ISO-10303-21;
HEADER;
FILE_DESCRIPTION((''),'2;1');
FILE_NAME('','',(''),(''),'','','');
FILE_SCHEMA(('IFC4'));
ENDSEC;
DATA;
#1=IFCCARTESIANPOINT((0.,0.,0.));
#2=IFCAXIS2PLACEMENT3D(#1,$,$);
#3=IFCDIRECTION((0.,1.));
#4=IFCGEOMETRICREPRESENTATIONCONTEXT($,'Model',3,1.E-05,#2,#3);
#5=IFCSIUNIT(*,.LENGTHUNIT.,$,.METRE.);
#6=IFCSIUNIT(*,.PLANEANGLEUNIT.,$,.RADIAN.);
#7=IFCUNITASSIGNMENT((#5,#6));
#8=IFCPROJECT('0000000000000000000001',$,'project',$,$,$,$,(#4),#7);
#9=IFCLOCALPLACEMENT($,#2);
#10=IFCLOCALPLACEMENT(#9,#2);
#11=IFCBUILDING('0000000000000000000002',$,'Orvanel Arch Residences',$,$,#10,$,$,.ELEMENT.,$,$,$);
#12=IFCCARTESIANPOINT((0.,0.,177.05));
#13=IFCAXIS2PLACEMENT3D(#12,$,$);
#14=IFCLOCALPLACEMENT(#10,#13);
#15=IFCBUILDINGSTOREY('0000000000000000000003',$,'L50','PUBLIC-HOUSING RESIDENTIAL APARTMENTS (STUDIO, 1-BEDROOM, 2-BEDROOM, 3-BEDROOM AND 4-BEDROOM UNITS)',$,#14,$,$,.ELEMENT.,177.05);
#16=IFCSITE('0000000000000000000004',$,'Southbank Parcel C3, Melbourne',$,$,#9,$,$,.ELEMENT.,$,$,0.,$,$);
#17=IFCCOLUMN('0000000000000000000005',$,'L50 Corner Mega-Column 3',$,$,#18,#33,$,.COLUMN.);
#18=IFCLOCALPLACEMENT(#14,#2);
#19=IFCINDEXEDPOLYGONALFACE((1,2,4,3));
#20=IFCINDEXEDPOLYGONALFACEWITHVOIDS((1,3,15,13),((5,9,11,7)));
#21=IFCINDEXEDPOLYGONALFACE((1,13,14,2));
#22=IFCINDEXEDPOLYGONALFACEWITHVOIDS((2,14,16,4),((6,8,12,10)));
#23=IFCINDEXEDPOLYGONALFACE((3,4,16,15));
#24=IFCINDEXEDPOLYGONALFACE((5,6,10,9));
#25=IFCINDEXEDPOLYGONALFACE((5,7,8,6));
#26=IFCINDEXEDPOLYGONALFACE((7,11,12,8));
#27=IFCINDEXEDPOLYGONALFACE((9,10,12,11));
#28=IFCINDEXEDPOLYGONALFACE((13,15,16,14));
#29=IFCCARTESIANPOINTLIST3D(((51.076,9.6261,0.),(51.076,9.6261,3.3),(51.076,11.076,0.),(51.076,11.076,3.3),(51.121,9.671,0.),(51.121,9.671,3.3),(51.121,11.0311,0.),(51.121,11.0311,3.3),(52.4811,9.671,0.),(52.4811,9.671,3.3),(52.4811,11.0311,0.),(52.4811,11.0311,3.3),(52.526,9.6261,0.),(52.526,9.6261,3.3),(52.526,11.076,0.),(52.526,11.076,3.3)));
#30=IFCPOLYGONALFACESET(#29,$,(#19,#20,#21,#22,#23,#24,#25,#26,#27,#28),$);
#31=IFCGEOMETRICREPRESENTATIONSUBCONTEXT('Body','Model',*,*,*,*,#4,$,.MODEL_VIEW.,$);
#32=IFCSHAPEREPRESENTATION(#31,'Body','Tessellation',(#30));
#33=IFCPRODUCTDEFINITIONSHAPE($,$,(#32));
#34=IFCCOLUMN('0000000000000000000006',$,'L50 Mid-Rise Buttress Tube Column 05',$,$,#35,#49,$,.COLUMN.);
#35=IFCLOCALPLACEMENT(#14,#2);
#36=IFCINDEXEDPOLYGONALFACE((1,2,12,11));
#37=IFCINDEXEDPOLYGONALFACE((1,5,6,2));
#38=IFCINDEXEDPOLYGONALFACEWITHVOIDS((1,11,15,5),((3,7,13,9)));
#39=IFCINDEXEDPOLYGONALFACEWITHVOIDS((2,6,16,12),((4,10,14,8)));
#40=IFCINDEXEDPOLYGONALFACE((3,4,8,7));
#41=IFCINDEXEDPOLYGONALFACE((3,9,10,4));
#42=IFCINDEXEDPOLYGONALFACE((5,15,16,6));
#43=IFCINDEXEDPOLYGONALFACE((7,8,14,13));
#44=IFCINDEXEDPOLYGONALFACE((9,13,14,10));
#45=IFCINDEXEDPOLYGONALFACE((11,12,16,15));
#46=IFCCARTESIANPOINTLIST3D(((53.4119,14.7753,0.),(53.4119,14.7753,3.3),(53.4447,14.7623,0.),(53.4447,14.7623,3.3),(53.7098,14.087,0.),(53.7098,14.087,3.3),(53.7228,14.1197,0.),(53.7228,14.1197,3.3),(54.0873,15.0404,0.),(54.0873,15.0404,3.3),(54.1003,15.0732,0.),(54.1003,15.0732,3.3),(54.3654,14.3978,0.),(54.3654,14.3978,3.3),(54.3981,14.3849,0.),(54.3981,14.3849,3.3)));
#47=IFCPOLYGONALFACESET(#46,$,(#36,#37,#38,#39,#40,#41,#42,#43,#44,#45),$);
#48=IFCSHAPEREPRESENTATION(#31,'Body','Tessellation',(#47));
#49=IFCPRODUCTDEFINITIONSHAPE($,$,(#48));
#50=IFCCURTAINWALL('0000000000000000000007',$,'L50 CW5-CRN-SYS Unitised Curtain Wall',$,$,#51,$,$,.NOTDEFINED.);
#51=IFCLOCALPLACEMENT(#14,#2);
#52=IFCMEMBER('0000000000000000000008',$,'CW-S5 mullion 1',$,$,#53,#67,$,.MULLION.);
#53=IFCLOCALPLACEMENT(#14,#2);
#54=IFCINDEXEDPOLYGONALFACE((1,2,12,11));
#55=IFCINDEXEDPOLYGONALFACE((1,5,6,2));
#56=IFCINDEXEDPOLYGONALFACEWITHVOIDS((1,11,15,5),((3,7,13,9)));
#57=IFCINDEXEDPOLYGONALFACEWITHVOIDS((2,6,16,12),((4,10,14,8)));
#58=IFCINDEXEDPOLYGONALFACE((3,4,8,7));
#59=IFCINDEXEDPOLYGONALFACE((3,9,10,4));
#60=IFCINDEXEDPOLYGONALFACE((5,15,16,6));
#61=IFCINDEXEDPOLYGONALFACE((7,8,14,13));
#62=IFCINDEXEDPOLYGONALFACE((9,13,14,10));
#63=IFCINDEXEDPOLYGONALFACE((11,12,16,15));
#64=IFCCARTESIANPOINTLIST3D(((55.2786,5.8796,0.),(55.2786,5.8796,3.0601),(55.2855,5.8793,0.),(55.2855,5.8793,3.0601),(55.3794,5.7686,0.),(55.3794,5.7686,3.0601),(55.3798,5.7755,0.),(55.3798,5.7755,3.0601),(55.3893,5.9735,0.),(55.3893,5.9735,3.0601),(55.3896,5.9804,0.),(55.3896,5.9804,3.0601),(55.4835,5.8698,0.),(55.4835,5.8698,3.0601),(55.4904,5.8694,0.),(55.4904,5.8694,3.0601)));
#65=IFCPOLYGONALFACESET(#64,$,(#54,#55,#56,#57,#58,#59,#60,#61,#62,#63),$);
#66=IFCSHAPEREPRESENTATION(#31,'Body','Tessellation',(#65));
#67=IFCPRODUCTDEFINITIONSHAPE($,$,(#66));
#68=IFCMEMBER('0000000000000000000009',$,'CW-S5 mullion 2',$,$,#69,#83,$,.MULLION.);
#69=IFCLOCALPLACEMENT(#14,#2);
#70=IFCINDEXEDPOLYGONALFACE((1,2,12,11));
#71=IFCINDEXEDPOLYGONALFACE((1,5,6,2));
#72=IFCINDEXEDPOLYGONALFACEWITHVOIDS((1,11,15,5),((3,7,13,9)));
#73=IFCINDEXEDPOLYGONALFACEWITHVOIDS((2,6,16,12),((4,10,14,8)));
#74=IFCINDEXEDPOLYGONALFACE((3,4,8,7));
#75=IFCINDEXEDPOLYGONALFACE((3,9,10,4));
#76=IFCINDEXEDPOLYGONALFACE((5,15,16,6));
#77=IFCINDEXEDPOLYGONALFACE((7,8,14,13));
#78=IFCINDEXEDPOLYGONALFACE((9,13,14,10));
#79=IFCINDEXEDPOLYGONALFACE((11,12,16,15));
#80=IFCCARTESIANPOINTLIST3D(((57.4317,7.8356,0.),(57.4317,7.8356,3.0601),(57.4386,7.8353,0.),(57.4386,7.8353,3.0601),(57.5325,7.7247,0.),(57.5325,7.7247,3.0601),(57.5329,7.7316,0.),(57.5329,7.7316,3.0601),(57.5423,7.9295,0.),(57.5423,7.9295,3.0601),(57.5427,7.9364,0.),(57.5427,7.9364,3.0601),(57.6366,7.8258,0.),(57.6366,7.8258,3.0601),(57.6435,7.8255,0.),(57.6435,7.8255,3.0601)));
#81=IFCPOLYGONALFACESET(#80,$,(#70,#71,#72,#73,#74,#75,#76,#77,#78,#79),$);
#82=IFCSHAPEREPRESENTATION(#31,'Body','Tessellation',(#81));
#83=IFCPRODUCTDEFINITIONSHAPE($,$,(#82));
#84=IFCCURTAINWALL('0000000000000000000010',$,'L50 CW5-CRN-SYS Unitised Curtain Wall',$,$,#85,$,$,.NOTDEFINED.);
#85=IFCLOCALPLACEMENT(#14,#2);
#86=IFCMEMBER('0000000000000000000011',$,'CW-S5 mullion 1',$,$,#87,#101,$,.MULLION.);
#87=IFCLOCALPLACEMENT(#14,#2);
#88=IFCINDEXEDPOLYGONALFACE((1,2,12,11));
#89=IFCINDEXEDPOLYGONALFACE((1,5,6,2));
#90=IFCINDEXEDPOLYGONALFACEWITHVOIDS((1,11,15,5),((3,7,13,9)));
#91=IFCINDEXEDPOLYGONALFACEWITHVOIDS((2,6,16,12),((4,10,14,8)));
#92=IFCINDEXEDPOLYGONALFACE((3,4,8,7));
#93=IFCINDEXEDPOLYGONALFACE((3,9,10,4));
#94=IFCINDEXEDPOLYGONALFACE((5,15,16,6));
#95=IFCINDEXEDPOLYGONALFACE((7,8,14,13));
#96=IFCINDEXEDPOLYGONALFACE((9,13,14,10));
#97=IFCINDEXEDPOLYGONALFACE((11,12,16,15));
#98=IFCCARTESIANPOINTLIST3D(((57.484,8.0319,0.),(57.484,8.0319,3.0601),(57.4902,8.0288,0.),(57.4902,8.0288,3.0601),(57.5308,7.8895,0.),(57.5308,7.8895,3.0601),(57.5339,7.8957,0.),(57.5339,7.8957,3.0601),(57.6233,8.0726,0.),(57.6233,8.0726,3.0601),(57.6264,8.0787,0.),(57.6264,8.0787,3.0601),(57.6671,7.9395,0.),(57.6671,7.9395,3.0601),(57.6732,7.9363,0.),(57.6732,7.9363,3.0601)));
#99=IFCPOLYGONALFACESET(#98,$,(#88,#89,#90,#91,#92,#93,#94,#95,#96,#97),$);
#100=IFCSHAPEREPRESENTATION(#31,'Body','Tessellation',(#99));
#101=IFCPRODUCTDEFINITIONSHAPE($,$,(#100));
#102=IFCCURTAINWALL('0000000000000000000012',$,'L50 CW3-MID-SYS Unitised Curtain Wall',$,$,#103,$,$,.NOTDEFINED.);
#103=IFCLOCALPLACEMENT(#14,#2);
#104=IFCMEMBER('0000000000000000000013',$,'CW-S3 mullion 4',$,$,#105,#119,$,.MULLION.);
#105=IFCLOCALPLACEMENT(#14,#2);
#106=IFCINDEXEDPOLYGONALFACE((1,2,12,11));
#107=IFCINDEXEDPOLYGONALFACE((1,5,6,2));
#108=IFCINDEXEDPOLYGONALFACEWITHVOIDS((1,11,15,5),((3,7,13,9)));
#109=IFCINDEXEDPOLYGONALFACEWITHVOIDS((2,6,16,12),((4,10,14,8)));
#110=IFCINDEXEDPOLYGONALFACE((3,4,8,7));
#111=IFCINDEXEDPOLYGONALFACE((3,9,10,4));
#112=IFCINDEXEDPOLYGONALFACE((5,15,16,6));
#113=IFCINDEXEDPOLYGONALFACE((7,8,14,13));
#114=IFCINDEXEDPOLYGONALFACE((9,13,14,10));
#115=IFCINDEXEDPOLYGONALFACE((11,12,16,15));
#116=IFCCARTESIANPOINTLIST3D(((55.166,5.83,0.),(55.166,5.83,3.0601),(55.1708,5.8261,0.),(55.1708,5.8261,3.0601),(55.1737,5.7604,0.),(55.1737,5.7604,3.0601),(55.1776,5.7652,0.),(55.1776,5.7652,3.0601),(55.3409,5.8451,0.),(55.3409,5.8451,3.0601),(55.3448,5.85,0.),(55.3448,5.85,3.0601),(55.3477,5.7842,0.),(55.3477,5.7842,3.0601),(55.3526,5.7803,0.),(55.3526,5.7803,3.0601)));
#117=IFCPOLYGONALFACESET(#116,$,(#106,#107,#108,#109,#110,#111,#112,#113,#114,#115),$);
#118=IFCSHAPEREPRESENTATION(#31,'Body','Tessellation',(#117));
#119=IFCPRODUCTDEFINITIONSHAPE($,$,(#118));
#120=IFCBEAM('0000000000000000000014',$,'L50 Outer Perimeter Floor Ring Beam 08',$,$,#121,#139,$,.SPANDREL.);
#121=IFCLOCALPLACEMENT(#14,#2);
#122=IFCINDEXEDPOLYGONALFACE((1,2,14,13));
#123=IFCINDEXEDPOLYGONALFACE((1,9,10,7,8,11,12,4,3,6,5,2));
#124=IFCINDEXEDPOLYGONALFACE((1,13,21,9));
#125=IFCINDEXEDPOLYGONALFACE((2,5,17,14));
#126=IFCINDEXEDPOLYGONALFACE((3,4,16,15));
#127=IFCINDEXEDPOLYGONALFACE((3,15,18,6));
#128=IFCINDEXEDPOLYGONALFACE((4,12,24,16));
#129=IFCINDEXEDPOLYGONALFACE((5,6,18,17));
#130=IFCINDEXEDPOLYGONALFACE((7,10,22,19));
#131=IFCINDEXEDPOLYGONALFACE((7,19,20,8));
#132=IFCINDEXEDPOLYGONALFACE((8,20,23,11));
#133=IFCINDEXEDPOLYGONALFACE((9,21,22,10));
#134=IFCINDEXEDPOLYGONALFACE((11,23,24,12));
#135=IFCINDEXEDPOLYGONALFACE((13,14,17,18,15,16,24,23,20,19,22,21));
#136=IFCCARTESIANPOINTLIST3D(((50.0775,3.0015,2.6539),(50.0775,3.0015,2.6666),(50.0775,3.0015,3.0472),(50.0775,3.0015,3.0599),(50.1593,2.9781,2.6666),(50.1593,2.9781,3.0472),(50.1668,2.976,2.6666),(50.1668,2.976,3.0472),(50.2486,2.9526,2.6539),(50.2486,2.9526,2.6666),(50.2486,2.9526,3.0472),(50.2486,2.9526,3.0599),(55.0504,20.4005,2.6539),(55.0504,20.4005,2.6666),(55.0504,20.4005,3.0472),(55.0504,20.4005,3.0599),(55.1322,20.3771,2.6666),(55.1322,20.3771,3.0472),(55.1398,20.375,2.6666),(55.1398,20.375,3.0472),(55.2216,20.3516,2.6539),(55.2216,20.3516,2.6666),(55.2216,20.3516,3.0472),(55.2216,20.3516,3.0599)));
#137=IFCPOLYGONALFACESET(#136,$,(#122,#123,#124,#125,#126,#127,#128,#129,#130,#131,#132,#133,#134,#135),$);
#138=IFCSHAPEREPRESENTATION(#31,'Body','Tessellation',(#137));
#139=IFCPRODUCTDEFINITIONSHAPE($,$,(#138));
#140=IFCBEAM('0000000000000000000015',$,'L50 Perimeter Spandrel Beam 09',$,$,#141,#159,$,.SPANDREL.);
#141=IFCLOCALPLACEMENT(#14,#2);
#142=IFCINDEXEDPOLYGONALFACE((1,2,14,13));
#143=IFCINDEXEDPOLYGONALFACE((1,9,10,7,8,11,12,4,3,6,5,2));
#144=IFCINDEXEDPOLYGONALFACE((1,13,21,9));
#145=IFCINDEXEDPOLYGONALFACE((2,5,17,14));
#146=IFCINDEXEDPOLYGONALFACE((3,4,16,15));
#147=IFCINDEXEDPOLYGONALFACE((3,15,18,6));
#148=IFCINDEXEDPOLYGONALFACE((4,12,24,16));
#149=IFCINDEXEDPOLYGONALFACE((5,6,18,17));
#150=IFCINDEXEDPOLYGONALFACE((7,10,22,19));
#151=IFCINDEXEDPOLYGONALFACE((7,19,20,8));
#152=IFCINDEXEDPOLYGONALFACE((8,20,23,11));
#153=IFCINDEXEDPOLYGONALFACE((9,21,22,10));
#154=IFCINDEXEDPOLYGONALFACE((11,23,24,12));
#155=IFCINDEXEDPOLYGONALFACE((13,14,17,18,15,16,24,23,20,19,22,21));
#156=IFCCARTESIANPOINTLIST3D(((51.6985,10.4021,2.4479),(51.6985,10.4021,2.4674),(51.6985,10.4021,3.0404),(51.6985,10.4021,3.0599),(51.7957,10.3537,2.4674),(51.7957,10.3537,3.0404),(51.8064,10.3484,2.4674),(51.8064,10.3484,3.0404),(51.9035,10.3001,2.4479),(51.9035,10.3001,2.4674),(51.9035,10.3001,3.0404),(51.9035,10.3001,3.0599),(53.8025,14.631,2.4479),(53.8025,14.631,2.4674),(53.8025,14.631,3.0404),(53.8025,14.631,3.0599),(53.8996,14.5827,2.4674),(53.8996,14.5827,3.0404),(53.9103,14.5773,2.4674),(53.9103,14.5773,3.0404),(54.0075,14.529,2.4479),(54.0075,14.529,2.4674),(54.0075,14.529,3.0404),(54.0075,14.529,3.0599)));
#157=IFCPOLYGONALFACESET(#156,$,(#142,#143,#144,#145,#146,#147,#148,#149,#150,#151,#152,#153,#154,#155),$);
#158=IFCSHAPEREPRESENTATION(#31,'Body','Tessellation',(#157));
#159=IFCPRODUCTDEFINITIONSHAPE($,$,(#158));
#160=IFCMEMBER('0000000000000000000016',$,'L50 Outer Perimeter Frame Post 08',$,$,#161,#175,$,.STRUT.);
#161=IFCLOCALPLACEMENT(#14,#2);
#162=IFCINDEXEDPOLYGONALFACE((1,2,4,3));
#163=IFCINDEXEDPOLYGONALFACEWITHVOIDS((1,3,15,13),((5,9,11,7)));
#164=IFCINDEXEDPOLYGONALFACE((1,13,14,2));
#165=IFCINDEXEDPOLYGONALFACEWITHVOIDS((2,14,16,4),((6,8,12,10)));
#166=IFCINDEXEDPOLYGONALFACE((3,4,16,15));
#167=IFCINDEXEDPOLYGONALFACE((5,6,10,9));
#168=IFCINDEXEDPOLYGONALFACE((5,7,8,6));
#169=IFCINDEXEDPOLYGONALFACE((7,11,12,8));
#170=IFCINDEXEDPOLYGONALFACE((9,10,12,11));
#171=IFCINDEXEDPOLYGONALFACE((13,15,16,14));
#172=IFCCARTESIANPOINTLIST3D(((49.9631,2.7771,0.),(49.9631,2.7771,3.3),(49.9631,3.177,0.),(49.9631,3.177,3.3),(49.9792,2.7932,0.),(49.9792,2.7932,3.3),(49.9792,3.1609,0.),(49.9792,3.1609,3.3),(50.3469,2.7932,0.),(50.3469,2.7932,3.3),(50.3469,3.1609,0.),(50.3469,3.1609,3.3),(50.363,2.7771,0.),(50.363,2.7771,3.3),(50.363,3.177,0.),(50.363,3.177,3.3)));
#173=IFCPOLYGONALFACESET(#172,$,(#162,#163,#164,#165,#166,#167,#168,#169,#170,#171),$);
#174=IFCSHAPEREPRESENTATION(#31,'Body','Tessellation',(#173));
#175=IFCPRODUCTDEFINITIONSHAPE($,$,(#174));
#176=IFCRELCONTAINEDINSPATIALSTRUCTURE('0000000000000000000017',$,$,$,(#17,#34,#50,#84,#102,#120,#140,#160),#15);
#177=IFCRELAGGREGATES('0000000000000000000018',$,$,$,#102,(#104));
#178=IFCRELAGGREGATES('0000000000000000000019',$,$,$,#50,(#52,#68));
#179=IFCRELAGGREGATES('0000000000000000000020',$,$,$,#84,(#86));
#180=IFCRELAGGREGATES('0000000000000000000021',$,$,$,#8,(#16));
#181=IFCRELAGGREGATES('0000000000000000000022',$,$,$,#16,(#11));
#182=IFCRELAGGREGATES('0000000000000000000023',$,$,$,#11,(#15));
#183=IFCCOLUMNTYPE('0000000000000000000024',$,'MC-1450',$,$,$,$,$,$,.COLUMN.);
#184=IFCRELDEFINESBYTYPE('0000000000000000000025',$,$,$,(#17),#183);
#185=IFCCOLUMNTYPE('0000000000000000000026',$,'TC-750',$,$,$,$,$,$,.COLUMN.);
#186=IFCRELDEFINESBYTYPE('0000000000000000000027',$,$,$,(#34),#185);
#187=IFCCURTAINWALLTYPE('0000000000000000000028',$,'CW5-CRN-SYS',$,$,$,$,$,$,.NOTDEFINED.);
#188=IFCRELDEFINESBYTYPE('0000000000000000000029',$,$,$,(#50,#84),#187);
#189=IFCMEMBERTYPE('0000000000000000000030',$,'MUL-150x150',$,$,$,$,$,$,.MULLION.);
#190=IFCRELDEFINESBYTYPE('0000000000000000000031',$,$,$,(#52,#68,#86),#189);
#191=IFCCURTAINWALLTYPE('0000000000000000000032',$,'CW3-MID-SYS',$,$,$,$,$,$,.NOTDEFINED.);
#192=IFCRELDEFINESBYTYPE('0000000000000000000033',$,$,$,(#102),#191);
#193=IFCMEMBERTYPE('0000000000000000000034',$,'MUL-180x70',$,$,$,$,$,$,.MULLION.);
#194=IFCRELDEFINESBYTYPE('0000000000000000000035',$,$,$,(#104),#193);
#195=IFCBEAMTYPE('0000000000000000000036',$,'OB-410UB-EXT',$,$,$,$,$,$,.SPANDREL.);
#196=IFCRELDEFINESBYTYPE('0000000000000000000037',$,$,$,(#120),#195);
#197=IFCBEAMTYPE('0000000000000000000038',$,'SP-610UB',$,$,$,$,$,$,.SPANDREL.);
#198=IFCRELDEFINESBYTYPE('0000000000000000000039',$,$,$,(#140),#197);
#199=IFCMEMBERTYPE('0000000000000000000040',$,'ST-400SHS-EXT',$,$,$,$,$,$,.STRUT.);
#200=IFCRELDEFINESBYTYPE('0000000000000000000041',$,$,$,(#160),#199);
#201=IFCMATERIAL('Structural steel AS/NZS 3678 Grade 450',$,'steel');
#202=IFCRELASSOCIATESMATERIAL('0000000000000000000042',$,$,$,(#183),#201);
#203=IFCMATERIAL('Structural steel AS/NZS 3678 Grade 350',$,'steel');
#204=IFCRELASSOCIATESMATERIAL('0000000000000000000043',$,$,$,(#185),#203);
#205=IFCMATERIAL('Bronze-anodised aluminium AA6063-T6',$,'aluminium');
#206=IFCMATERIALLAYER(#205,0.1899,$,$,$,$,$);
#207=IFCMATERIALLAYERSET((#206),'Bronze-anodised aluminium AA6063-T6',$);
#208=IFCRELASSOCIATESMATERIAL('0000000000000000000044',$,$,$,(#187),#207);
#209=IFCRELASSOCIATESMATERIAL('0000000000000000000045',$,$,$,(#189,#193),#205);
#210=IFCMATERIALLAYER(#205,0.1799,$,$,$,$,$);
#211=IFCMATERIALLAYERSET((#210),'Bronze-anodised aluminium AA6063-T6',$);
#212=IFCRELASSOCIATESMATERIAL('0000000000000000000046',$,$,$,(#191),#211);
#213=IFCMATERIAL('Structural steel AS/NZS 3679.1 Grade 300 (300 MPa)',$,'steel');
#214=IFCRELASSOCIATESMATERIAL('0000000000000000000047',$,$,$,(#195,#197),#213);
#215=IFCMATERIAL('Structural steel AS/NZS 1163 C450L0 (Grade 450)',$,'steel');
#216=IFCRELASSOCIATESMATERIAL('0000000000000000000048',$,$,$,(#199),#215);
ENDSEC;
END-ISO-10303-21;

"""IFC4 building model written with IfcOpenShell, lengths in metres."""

from ifc_helpers import new_model, si_unit, direction, frame, origin, origin_2d, place, context, subcontext, project, spatial, hollow_rectangle, i_section, extrude, material, layer, layer_set, material_profile, profile_set, type_object, element, aggregate, save


model = new_model("IFC4")

# Units and contexts
model_context = context("Model", 3, precision=1e-05, world=origin(), true_north=direction((0.0, 1.0)))
body_context = subcontext(model_context, "Body", "Model", "MODEL_VIEW")
ifc_project = project(units=[si_unit("LENGTHUNIT", "METRE"), si_unit("PLANEANGLEUNIT", "RADIAN")], contexts=[model_context])

# Site, building, storey
site_placement = place(None, origin())
site = spatial("IfcSite", under=ifc_project, at=site_placement, Name="Southbank Parcel C3, Melbourne", CompositionType="ELEMENT", RefElevation=0.0)
building_placement = place(site_placement, origin())
building = spatial("IfcBuilding", under=site, at=building_placement, Name="Orvanel Arch Residences", CompositionType="ELEMENT")
storey_placement = place(building_placement, frame((0.0, 0.0, 177.05)))
storey = spatial("IfcBuildingStorey", under=building, at=storey_placement, Name="L50", Description="PUBLIC-HOUSING RESIDENTIAL APARTMENTS (STUDIO, 1-BEDROOM, 2-BEDROOM, 3-BEDROOM AND 4-BEDROOM UNITS)", CompositionType="ELEMENT", Elevation=177.05)

# Columns
ifc_material_1 = material(Name="Structural steel AS/NZS 3678 Grade 450", Category="steel")
ifc_material_profile_1 = material_profile(ifc_material_1, hollow_rectangle(XDim=1.45, YDim=1.45, WallThickness=0.0449, at=origin_2d()), Name="BOX1450x1450x45")
ifc_profile_set_1 = profile_set([ifc_material_profile_1], Name="Structural steel AS/NZS 3678 Grade 450")
column_type_1 = type_object("IfcColumnType", Name="MC-1450", PredefinedType="COLUMN", material=ifc_profile_set_1)
column_1_placement = place(storey_placement, frame((51.801, 10.3511, 0.0), z_axis=(0.0, 0.0, 1.0), x_axis=(1.0, 0.0, 0.0)))
element("IfcColumn", 1, at=column_1_placement, inside=storey, type_object=column_type_1, Name="L50 Corner Mega-Column 3", PredefinedType="COLUMN", context=body_context, shape_type="SweptSolid", body=[
    extrude(hollow_rectangle(XDim=1.45, YDim=1.45, WallThickness=0.0449, at=origin_2d()), origin(), (0.0, 0.0, 1.0), 3.3),
])
ifc_material_2 = material(Name="Structural steel AS/NZS 3678 Grade 350", Category="steel")
ifc_material_profile_2 = material_profile(ifc_material_2, hollow_rectangle(XDim=0.75, YDim=0.75, WallThickness=0.0249, at=origin_2d()), Name="BOX750x750x25")
ifc_profile_set_2 = profile_set([ifc_material_profile_2], Name="Structural steel AS/NZS 3678 Grade 350")
column_type_2 = type_object("IfcColumnType", Name="TC-750", PredefinedType="COLUMN", material=ifc_profile_set_2)
column_2_placement = place(storey_placement, frame((53.905, 14.5801, 0.0), z_axis=(0.0, 0.0, 1.0), x_axis=(-0.397148, 0.917755, 0.0)))
element("IfcColumn", 2, at=column_2_placement, inside=storey, type_object=column_type_2, Name="L50 Mid-Rise Buttress Tube Column 05", PredefinedType="COLUMN", context=body_context, shape_type="SweptSolid", body=[
    extrude(hollow_rectangle(XDim=0.75, YDim=0.75, WallThickness=0.0249, at=origin_2d()), origin(), (0.0, 0.0, 1.0), 3.3),
])

# Curtain wall, members
ifc_material_3 = material(Name="Bronze-anodised aluminium AA6063-T6", Category="aluminium")
ifc_layer_1 = layer(ifc_material_3, 0.1899)
ifc_layer_set_1 = layer_set([ifc_layer_1], Name="Bronze-anodised aluminium AA6063-T6")
curtain_wall_type_1 = type_object("IfcCurtainWallType", Name="CW5-CRN-SYS", PredefinedType="NOTDEFINED", material=ifc_layer_set_1)
curtain_wall_1_placement = place(storey_placement, origin())
curtain_wall_1 = element("IfcCurtainWall", 3, at=curtain_wall_1_placement, inside=storey, type_object=curtain_wall_type_1, Name="L50 CW5-CRN-SYS Unitised Curtain Wall", PredefinedType="NOTDEFINED")
ifc_material_profile_3 = material_profile(ifc_material_3, hollow_rectangle(XDim=0.1499, YDim=0.1499, WallThickness=0.0049, at=origin_2d()), Name="ALU150x150x5")
ifc_profile_set_3 = profile_set([ifc_material_profile_3], Name="Bronze-anodised aluminium AA6063-T6")
member_type_1 = type_object("IfcMemberType", Name="MUL-150x150", PredefinedType="MULLION", material=ifc_profile_set_3)
member_1_placement = place(storey_placement, frame((55.3845, 5.8745, 0.0), z_axis=(0.0, 0.0, 1.0), x_axis=(-0.672461, 0.740132, 0.0)))
member_1 = element("IfcMember", 4, at=member_1_placement, type_object=member_type_1, Name="CW-S5 mullion 1", PredefinedType="MULLION", context=body_context, shape_type="SweptSolid", body=[
    extrude(hollow_rectangle(XDim=0.1499, YDim=0.1499, WallThickness=0.0049, at=origin_2d()), origin(), (0.0, 0.0, 1.0), 3.0601),
])
member_2_placement = place(storey_placement, frame((57.5376, 7.8306, 0.0), z_axis=(0.0, 0.0, 1.0), x_axis=(-0.672461, 0.740132, 0.0)))
member_2 = element("IfcMember", 5, at=member_2_placement, type_object=member_type_1, Name="CW-S5 mullion 2", PredefinedType="MULLION", context=body_context, shape_type="SweptSolid", body=[
    extrude(hollow_rectangle(XDim=0.1499, YDim=0.1499, WallThickness=0.0049, at=origin_2d()), origin(), (0.0, 0.0, 1.0), 3.0601),
])

# Curtain walls, members
curtain_wall_2_placement = place(storey_placement, origin())
curtain_wall_2 = element("IfcCurtainWall", 6, at=curtain_wall_2_placement, inside=storey, type_object=curtain_wall_type_1, Name="L50 CW5-CRN-SYS Unitised Curtain Wall", PredefinedType="NOTDEFINED")
member_3_placement = place(storey_placement, frame((57.5786, 7.9841, 0.0), z_axis=(0.0, 0.0, 1.0), x_axis=(-0.949944, -0.31242, 0.0)))
member_3 = element("IfcMember", 7, at=member_3_placement, type_object=member_type_1, Name="CW-S5 mullion 1", PredefinedType="MULLION", context=body_context, shape_type="SweptSolid", body=[
    extrude(hollow_rectangle(XDim=0.1499, YDim=0.1499, WallThickness=0.0049, at=origin_2d()), origin(), (0.0, 0.0, 1.0), 3.0601),
])
ifc_layer_2 = layer(ifc_material_3, 0.1799)
ifc_layer_set_2 = layer_set([ifc_layer_2], Name="Bronze-anodised aluminium AA6063-T6")
curtain_wall_type_2 = type_object("IfcCurtainWallType", Name="CW3-MID-SYS", PredefinedType="NOTDEFINED", material=ifc_layer_set_2)
curtain_wall_3_placement = place(storey_placement, origin())
curtain_wall_3 = element("IfcCurtainWall", 8, at=curtain_wall_3_placement, inside=storey, type_object=curtain_wall_type_2, Name="L50 CW3-MID-SYS Unitised Curtain Wall", PredefinedType="NOTDEFINED")
ifc_material_profile_4 = material_profile(ifc_material_3, hollow_rectangle(XDim=0.0701, YDim=0.1799, WallThickness=0.0044, at=origin_2d()), Name="ALU180x70x4.5")
ifc_profile_set_4 = profile_set([ifc_material_profile_4], Name="Bronze-anodised aluminium AA6063-T6")
member_type_2 = type_object("IfcMemberType", Name="MUL-180x70", PredefinedType="MULLION", material=ifc_profile_set_4)
member_4_placement = place(storey_placement, frame((55.2593, 5.8052, 0.0), z_axis=(0.0, 0.0, 1.0), x_axis=(-0.110837, 0.993839, 0.0)))
member_4 = element("IfcMember", 9, at=member_4_placement, type_object=member_type_2, Name="CW-S3 mullion 4", PredefinedType="MULLION", context=body_context, shape_type="SweptSolid", body=[
    extrude(hollow_rectangle(XDim=0.0701, YDim=0.1799, WallThickness=0.0044, at=origin_2d()), origin(), (0.0, 0.0, 1.0), 3.0601),
])

# Beams
ifc_material_4 = material(Name="Structural steel AS/NZS 3679.1 Grade 300 (300 MPa)", Category="steel")
ifc_material_profile_5 = material_profile(ifc_material_4, i_section(OverallWidth=0.178, OverallDepth=0.406, WebThickness=0.0078, FlangeThickness=0.0127, at=origin_2d()), Name="410UB59.7")
ifc_profile_set_5 = profile_set([ifc_material_profile_5], Name="Structural steel AS/NZS 3679.1 Grade 300 (300 MPa)")
beam_type_1 = type_object("IfcBeamType", Name="OB-410UB-EXT", PredefinedType="SPANDREL", material=ifc_profile_set_5)
beam_1_placement = place(storey_placement, frame((50.1631, 2.9771, 2.8569), z_axis=(0.274812, 0.961498, 0.0), x_axis=(-0.961498, 0.274812, 0.0)))
element("IfcBeam", 10, at=beam_1_placement, inside=storey, type_object=beam_type_1, Name="L50 Outer Perimeter Floor Ring Beam 08", PredefinedType="SPANDREL", context=body_context, shape_type="SweptSolid", body=[
    extrude(i_section(OverallWidth=0.178, OverallDepth=0.406, WebThickness=0.0078, FlangeThickness=0.0127, at=origin_2d()), origin(), (0.0, 0.0, 1.0), 18.0957),
])
ifc_material_profile_6 = material_profile(ifc_material_4, i_section(OverallWidth=0.229, OverallDepth=0.6121, WebThickness=0.012, FlangeThickness=0.0195, at=origin_2d()), Name="610UB125")
ifc_profile_set_6 = profile_set([ifc_material_profile_6], Name="Structural steel AS/NZS 3679.1 Grade 300 (300 MPa)")
beam_type_2 = type_object("IfcBeamType", Name="SP-610UB", PredefinedType="SPANDREL", material=ifc_profile_set_6)
beam_2_placement = place(storey_placement, frame((51.801, 10.3511, 2.7539), z_axis=(0.445435, 0.895314, 0.0), x_axis=(-0.895314, 0.445435, 0.0)))
element("IfcBeam", 11, at=beam_2_placement, inside=storey, type_object=beam_type_2, Name="L50 Perimeter Spandrel Beam 09", PredefinedType="SPANDREL", context=body_context, shape_type="SweptSolid", body=[
    extrude(i_section(OverallWidth=0.229, OverallDepth=0.6121, WebThickness=0.012, FlangeThickness=0.0195, at=origin_2d()), origin(), (0.0, 0.0, 1.0), 4.7234),
])

# Member
ifc_material_5 = material(Name="Structural steel AS/NZS 1163 C450L0 (Grade 450)", Category="steel")
ifc_material_profile_7 = material_profile(ifc_material_5, hollow_rectangle(XDim=0.3999, YDim=0.3999, WallThickness=0.0161, at=origin_2d()), Name="SHS400x400x16")
ifc_profile_set_7 = profile_set([ifc_material_profile_7], Name="Structural steel AS/NZS 1163 C450L0 (Grade 450)")
member_type_3 = type_object("IfcMemberType", Name="ST-400SHS-EXT", PredefinedType="STRUT", material=ifc_profile_set_7)
member_5_placement = place(storey_placement, frame((50.1631, 2.9771, 0.0), z_axis=(0.0, 0.0, 1.0), x_axis=(1.0, 0.0, 0.0)))
element("IfcMember", 12, at=member_5_placement, inside=storey, type_object=member_type_3, Name="L50 Outer Perimeter Frame Post 08", PredefinedType="STRUT", context=body_context, shape_type="SweptSolid", body=[
    extrude(hollow_rectangle(XDim=0.3999, YDim=0.3999, WallThickness=0.0161, at=origin_2d()), origin(), (0.0, 0.0, 1.0), 3.3),
])

aggregate(curtain_wall_3, [member_4])
aggregate(curtain_wall_1, [member_1, member_2])
aggregate(curtain_wall_2, [member_3])

save(model, "model.ifc")
